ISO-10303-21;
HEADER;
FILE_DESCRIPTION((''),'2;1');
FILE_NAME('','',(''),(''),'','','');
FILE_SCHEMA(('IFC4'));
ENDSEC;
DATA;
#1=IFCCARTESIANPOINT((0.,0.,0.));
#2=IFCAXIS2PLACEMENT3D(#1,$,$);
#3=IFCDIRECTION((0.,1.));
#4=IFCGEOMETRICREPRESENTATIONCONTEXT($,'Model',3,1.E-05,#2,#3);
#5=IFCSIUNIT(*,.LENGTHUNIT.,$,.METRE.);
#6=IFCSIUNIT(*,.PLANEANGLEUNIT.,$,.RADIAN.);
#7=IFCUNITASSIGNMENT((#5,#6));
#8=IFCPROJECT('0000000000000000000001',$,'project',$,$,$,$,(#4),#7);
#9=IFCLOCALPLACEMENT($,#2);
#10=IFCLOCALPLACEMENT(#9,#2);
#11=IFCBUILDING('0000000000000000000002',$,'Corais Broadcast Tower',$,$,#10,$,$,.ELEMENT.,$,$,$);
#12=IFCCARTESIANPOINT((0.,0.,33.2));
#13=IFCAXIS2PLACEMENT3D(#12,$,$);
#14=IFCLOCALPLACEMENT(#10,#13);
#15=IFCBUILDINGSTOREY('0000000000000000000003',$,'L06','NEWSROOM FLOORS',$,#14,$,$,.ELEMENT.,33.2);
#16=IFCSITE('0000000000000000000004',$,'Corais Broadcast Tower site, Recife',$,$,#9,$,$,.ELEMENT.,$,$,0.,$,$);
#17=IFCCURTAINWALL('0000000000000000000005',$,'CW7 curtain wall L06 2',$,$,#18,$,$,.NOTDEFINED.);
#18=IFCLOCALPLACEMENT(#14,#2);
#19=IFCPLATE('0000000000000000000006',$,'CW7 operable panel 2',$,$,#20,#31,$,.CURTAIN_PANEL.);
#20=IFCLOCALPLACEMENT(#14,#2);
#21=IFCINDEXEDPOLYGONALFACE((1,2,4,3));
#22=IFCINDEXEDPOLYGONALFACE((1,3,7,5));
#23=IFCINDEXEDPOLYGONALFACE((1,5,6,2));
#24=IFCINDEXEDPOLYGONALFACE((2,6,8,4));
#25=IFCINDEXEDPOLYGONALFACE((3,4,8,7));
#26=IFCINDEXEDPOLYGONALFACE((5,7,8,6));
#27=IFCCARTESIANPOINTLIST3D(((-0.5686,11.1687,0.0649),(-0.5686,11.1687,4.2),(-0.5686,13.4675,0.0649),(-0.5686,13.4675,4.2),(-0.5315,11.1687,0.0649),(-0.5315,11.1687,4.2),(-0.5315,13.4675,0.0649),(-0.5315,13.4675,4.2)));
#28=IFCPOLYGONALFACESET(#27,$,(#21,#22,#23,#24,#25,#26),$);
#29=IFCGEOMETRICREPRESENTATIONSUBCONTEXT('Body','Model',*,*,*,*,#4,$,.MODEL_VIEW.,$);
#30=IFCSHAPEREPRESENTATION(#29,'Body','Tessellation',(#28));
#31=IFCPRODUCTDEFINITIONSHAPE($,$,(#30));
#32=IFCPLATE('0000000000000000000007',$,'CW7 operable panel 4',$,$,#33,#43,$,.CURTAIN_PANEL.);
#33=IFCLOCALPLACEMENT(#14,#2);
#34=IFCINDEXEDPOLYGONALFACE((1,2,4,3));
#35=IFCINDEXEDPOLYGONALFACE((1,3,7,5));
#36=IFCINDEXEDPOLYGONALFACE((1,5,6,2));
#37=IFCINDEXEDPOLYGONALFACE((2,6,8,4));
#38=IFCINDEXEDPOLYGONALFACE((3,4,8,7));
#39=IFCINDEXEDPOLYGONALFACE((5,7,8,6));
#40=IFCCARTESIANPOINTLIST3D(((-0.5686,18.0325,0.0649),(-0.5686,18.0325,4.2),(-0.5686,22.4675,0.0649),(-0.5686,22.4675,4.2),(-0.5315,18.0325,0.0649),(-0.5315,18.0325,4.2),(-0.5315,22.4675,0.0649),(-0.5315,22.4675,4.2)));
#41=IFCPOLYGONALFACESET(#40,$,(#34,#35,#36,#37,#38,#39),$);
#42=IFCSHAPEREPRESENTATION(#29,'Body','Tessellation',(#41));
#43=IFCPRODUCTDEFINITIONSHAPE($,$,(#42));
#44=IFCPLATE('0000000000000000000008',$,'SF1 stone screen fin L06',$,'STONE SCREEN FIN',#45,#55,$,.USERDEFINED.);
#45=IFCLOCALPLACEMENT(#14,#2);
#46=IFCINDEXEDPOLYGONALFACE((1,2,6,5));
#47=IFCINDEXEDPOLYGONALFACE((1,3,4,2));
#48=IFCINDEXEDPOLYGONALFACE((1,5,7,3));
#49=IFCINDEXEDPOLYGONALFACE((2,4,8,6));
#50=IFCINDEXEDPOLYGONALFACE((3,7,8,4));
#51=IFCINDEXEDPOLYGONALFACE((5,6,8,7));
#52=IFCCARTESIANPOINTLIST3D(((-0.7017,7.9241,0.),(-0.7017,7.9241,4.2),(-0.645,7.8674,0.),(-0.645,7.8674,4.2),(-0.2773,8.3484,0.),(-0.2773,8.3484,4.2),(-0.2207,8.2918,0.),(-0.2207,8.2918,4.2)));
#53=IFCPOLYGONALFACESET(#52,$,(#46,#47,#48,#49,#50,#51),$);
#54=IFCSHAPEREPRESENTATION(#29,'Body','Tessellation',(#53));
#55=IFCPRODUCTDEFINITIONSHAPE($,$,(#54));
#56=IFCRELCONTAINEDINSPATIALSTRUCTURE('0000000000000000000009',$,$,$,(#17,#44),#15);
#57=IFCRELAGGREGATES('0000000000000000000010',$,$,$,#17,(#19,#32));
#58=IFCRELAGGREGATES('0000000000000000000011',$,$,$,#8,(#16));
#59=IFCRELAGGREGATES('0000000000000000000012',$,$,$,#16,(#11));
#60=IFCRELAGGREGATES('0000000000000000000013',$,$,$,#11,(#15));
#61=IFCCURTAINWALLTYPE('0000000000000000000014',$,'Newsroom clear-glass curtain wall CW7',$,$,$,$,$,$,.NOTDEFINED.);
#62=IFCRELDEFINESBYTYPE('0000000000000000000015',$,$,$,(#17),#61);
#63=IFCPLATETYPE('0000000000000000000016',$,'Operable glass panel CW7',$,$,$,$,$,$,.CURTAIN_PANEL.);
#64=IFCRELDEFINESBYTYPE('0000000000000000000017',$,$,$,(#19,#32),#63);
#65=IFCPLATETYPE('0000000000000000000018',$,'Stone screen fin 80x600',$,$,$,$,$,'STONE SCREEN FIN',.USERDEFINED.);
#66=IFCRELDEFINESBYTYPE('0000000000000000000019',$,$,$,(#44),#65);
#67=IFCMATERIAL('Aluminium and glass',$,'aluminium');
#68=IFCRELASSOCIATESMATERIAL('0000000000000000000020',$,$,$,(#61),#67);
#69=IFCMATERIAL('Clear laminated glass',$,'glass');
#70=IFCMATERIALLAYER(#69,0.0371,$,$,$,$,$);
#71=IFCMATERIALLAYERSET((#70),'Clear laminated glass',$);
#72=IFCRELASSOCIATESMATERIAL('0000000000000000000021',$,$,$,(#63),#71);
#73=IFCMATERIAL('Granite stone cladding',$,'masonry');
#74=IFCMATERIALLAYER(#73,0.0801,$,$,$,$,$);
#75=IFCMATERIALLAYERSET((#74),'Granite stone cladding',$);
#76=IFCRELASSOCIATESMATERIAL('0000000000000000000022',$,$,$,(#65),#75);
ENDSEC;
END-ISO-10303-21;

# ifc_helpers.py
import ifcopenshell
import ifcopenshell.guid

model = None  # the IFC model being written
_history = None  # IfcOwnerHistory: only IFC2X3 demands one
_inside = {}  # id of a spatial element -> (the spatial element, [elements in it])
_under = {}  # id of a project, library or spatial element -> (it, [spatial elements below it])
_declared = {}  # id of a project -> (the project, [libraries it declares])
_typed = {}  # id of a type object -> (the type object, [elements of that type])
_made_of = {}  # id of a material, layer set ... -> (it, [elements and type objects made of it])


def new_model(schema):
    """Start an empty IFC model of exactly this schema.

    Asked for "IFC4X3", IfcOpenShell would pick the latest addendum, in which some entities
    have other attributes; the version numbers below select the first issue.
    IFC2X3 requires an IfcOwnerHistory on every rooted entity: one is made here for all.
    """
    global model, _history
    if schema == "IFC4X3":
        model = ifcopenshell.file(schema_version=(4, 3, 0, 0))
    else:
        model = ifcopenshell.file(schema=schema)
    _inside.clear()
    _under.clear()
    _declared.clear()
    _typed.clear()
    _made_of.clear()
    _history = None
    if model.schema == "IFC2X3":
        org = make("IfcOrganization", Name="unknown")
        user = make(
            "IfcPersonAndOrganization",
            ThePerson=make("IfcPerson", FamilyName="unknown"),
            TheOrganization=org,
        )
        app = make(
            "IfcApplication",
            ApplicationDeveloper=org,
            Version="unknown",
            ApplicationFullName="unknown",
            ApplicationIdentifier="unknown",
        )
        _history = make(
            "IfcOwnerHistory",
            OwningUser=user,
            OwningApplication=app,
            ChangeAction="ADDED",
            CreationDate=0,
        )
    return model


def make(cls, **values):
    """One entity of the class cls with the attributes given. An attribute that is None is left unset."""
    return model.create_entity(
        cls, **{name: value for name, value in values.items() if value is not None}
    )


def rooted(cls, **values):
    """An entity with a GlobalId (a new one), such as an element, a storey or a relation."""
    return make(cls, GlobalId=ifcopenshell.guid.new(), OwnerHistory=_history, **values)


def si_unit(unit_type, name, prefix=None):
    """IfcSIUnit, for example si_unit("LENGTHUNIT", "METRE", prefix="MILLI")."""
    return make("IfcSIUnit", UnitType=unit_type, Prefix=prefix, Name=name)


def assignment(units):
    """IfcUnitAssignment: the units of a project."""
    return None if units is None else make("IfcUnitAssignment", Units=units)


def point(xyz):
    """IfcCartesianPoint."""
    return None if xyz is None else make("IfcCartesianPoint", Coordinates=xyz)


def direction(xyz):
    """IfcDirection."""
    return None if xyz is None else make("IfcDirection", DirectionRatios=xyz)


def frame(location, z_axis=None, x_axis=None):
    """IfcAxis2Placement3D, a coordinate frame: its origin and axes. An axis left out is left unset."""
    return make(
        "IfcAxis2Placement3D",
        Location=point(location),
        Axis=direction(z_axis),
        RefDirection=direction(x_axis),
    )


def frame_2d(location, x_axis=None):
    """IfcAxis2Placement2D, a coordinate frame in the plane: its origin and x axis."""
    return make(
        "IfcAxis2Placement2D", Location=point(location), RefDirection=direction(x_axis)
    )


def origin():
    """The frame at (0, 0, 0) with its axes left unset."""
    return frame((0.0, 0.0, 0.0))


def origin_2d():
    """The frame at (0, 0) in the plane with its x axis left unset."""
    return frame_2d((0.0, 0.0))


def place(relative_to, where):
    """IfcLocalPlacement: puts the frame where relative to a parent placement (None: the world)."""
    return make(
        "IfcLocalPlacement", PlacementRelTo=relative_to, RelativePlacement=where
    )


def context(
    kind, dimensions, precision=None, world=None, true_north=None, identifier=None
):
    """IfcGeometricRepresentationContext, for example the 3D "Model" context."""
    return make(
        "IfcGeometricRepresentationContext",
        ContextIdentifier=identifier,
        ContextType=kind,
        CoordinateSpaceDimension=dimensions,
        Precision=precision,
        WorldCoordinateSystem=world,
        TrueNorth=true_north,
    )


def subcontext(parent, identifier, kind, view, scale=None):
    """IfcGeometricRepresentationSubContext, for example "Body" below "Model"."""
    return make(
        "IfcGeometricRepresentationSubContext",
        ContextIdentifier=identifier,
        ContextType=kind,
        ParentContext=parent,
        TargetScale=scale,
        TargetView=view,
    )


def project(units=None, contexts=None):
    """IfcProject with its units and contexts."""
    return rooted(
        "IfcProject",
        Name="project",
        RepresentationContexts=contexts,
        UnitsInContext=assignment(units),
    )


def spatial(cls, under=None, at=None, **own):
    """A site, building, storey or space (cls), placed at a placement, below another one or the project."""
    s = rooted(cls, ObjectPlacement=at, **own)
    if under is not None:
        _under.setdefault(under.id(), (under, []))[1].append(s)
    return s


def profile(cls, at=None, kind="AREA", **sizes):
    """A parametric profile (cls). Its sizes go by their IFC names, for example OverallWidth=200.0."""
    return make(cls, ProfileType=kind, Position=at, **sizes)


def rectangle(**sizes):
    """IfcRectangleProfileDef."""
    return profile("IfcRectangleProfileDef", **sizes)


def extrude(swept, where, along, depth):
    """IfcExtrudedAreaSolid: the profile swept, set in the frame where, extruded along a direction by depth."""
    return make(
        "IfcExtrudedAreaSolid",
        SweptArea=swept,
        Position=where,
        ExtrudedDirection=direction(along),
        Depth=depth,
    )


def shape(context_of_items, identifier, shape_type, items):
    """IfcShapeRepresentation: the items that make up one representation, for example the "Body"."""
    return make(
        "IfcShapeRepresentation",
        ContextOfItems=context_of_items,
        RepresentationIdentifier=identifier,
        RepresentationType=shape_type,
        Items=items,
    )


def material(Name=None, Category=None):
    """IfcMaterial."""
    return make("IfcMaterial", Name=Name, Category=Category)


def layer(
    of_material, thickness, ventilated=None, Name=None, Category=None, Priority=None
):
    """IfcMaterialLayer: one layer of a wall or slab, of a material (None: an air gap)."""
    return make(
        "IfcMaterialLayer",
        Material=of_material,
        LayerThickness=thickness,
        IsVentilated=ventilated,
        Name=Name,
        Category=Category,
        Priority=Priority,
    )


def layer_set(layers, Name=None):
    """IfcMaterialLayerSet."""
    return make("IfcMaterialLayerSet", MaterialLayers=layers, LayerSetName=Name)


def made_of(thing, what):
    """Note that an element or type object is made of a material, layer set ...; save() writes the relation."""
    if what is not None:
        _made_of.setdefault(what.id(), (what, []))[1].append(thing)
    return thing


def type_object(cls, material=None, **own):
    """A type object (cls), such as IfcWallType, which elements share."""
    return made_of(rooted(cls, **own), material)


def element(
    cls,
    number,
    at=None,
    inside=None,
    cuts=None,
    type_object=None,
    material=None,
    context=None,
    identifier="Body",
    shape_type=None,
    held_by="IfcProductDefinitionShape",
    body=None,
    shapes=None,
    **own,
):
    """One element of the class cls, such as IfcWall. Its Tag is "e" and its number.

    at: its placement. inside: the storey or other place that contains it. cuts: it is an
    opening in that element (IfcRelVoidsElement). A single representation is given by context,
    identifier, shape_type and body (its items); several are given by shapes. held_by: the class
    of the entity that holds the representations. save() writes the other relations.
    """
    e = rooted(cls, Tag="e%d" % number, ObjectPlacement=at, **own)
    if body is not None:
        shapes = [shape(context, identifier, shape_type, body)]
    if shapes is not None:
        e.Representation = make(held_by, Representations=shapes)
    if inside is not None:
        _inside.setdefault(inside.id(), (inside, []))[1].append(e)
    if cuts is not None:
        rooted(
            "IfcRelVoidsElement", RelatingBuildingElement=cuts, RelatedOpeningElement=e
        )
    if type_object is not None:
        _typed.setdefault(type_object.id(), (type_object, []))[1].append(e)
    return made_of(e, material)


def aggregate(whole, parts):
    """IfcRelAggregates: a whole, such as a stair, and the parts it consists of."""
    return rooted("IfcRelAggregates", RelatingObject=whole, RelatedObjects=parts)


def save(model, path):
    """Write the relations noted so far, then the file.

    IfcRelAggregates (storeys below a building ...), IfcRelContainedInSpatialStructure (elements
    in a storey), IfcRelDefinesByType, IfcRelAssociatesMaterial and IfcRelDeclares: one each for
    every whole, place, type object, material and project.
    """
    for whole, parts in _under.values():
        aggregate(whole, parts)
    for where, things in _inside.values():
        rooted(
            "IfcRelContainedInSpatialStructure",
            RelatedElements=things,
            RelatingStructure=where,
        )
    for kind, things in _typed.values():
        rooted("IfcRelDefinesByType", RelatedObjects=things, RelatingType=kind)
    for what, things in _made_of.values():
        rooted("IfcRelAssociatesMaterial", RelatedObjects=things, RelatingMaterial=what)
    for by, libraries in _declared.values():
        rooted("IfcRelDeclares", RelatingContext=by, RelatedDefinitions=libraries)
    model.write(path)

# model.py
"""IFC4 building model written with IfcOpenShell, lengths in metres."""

from ifc_helpers import new_model, si_unit, direction, frame, origin, origin_2d, place, context, subcontext, project, spatial, rectangle, extrude, material, layer, layer_set, type_object, element, aggregate, save


model = new_model("IFC4")

# Units and contexts
model_context = context("Model", 3, precision=1e-05, world=origin(), true_north=direction((0.0, 1.0)))
body_context = subcontext(model_context, "Body", "Model", "MODEL_VIEW")
ifc_project = project(units=[si_unit("LENGTHUNIT", "METRE"), si_unit("PLANEANGLEUNIT", "RADIAN")], contexts=[model_context])

# Site, building, storey
site_placement = place(None, origin())
site = spatial("IfcSite", under=ifc_project, at=site_placement, Name="Corais Broadcast Tower site, Recife", CompositionType="ELEMENT", RefElevation=0.0)
building_placement = place(site_placement, origin())
building = spatial("IfcBuilding", under=site, at=building_placement, Name="Corais Broadcast Tower", CompositionType="ELEMENT")
storey_placement = place(building_placement, frame((0.0, 0.0, 33.2)))
storey = spatial("IfcBuildingStorey", under=building, at=storey_placement, Name="L06", Description="NEWSROOM FLOORS", CompositionType="ELEMENT", Elevation=33.2)

# Shared definitions
ifc_material_1 = material(Name="Aluminium and glass", Category="aluminium")
curtain_wall_type = type_object("IfcCurtainWallType", Name="Newsroom clear-glass curtain wall CW7", PredefinedType="NOTDEFINED", material=ifc_material_1)

# Curtain wall
curtain_wall_1_placement = place(storey_placement, origin())
curtain_wall_1 = element("IfcCurtainWall", 1, at=curtain_wall_1_placement, inside=storey, type_object=curtain_wall_type, Name="CW7 curtain wall L06 2", PredefinedType="NOTDEFINED")

# Plates
ifc_material_2 = material(Name="Clear laminated glass", Category="glass")
ifc_layer_1 = layer(ifc_material_2, 0.0371)
ifc_layer_set_1 = layer_set([ifc_layer_1], Name="Clear laminated glass")
plate_type_1 = type_object("IfcPlateType", Name="Operable glass panel CW7", PredefinedType="CURTAIN_PANEL", material=ifc_layer_set_1)
plate_1_placement = place(storey_placement, frame((-0.55, 12.3181, 0.0649), z_axis=(0.0, 0.0, 1.0), x_axis=(0.0, 1.0, 0.0)))
plate_1 = element("IfcPlate", 2, at=plate_1_placement, type_object=plate_type_1, Name="CW7 operable panel 2", PredefinedType="CURTAIN_PANEL", context=body_context, shape_type="SweptSolid", body=[
    extrude(rectangle(XDim=2.2988, YDim=0.0371, at=origin_2d()), origin(), (0.0, 0.0, 1.0), 4.135),
])
plate_2_placement = place(storey_placement, frame((-0.55, 20.25, 0.0649), z_axis=(0.0, 0.0, 1.0), x_axis=(0.0, 1.0, 0.0)))
plate_2 = element("IfcPlate", 3, at=plate_2_placement, type_object=plate_type_1, Name="CW7 operable panel 4", PredefinedType="CURTAIN_PANEL", context=body_context, shape_type="SweptSolid", body=[
    extrude(rectangle(XDim=4.4351, YDim=0.0371, at=origin_2d()), origin(), (0.0, 0.0, 1.0), 4.135),
])
aggregate(curtain_wall_1, [plate_1, plate_2])
ifc_material_3 = material(Name="Granite stone cladding", Category="masonry")
ifc_layer_2 = layer(ifc_material_3, 0.0801)
ifc_layer_set_2 = layer_set([ifc_layer_2], Name="Granite stone cladding")
plate_type_2 = type_object("IfcPlateType", Name="Stone screen fin 80x600", ElementType="STONE SCREEN FIN", PredefinedType="USERDEFINED", material=ifc_layer_set_2)
plate_3_placement = place(storey_placement, frame((-0.4612, 8.1079, 0.0), z_axis=(0.0, 0.0, 1.0), x_axis=(-0.707107, 0.707107, 0.0)))
element("IfcPlate", 4, at=plate_3_placement, inside=storey, type_object=plate_type_2, Name="SF1 stone screen fin L06", ObjectType="STONE SCREEN FIN", PredefinedType="USERDEFINED", context=body_context, shape_type="SweptSolid", body=[
    extrude(rectangle(XDim=0.0801, YDim=0.6001, at=origin_2d()), origin(), (0.0, 0.0, 1.0), 4.2),
])

save(model, "model.ifc")
